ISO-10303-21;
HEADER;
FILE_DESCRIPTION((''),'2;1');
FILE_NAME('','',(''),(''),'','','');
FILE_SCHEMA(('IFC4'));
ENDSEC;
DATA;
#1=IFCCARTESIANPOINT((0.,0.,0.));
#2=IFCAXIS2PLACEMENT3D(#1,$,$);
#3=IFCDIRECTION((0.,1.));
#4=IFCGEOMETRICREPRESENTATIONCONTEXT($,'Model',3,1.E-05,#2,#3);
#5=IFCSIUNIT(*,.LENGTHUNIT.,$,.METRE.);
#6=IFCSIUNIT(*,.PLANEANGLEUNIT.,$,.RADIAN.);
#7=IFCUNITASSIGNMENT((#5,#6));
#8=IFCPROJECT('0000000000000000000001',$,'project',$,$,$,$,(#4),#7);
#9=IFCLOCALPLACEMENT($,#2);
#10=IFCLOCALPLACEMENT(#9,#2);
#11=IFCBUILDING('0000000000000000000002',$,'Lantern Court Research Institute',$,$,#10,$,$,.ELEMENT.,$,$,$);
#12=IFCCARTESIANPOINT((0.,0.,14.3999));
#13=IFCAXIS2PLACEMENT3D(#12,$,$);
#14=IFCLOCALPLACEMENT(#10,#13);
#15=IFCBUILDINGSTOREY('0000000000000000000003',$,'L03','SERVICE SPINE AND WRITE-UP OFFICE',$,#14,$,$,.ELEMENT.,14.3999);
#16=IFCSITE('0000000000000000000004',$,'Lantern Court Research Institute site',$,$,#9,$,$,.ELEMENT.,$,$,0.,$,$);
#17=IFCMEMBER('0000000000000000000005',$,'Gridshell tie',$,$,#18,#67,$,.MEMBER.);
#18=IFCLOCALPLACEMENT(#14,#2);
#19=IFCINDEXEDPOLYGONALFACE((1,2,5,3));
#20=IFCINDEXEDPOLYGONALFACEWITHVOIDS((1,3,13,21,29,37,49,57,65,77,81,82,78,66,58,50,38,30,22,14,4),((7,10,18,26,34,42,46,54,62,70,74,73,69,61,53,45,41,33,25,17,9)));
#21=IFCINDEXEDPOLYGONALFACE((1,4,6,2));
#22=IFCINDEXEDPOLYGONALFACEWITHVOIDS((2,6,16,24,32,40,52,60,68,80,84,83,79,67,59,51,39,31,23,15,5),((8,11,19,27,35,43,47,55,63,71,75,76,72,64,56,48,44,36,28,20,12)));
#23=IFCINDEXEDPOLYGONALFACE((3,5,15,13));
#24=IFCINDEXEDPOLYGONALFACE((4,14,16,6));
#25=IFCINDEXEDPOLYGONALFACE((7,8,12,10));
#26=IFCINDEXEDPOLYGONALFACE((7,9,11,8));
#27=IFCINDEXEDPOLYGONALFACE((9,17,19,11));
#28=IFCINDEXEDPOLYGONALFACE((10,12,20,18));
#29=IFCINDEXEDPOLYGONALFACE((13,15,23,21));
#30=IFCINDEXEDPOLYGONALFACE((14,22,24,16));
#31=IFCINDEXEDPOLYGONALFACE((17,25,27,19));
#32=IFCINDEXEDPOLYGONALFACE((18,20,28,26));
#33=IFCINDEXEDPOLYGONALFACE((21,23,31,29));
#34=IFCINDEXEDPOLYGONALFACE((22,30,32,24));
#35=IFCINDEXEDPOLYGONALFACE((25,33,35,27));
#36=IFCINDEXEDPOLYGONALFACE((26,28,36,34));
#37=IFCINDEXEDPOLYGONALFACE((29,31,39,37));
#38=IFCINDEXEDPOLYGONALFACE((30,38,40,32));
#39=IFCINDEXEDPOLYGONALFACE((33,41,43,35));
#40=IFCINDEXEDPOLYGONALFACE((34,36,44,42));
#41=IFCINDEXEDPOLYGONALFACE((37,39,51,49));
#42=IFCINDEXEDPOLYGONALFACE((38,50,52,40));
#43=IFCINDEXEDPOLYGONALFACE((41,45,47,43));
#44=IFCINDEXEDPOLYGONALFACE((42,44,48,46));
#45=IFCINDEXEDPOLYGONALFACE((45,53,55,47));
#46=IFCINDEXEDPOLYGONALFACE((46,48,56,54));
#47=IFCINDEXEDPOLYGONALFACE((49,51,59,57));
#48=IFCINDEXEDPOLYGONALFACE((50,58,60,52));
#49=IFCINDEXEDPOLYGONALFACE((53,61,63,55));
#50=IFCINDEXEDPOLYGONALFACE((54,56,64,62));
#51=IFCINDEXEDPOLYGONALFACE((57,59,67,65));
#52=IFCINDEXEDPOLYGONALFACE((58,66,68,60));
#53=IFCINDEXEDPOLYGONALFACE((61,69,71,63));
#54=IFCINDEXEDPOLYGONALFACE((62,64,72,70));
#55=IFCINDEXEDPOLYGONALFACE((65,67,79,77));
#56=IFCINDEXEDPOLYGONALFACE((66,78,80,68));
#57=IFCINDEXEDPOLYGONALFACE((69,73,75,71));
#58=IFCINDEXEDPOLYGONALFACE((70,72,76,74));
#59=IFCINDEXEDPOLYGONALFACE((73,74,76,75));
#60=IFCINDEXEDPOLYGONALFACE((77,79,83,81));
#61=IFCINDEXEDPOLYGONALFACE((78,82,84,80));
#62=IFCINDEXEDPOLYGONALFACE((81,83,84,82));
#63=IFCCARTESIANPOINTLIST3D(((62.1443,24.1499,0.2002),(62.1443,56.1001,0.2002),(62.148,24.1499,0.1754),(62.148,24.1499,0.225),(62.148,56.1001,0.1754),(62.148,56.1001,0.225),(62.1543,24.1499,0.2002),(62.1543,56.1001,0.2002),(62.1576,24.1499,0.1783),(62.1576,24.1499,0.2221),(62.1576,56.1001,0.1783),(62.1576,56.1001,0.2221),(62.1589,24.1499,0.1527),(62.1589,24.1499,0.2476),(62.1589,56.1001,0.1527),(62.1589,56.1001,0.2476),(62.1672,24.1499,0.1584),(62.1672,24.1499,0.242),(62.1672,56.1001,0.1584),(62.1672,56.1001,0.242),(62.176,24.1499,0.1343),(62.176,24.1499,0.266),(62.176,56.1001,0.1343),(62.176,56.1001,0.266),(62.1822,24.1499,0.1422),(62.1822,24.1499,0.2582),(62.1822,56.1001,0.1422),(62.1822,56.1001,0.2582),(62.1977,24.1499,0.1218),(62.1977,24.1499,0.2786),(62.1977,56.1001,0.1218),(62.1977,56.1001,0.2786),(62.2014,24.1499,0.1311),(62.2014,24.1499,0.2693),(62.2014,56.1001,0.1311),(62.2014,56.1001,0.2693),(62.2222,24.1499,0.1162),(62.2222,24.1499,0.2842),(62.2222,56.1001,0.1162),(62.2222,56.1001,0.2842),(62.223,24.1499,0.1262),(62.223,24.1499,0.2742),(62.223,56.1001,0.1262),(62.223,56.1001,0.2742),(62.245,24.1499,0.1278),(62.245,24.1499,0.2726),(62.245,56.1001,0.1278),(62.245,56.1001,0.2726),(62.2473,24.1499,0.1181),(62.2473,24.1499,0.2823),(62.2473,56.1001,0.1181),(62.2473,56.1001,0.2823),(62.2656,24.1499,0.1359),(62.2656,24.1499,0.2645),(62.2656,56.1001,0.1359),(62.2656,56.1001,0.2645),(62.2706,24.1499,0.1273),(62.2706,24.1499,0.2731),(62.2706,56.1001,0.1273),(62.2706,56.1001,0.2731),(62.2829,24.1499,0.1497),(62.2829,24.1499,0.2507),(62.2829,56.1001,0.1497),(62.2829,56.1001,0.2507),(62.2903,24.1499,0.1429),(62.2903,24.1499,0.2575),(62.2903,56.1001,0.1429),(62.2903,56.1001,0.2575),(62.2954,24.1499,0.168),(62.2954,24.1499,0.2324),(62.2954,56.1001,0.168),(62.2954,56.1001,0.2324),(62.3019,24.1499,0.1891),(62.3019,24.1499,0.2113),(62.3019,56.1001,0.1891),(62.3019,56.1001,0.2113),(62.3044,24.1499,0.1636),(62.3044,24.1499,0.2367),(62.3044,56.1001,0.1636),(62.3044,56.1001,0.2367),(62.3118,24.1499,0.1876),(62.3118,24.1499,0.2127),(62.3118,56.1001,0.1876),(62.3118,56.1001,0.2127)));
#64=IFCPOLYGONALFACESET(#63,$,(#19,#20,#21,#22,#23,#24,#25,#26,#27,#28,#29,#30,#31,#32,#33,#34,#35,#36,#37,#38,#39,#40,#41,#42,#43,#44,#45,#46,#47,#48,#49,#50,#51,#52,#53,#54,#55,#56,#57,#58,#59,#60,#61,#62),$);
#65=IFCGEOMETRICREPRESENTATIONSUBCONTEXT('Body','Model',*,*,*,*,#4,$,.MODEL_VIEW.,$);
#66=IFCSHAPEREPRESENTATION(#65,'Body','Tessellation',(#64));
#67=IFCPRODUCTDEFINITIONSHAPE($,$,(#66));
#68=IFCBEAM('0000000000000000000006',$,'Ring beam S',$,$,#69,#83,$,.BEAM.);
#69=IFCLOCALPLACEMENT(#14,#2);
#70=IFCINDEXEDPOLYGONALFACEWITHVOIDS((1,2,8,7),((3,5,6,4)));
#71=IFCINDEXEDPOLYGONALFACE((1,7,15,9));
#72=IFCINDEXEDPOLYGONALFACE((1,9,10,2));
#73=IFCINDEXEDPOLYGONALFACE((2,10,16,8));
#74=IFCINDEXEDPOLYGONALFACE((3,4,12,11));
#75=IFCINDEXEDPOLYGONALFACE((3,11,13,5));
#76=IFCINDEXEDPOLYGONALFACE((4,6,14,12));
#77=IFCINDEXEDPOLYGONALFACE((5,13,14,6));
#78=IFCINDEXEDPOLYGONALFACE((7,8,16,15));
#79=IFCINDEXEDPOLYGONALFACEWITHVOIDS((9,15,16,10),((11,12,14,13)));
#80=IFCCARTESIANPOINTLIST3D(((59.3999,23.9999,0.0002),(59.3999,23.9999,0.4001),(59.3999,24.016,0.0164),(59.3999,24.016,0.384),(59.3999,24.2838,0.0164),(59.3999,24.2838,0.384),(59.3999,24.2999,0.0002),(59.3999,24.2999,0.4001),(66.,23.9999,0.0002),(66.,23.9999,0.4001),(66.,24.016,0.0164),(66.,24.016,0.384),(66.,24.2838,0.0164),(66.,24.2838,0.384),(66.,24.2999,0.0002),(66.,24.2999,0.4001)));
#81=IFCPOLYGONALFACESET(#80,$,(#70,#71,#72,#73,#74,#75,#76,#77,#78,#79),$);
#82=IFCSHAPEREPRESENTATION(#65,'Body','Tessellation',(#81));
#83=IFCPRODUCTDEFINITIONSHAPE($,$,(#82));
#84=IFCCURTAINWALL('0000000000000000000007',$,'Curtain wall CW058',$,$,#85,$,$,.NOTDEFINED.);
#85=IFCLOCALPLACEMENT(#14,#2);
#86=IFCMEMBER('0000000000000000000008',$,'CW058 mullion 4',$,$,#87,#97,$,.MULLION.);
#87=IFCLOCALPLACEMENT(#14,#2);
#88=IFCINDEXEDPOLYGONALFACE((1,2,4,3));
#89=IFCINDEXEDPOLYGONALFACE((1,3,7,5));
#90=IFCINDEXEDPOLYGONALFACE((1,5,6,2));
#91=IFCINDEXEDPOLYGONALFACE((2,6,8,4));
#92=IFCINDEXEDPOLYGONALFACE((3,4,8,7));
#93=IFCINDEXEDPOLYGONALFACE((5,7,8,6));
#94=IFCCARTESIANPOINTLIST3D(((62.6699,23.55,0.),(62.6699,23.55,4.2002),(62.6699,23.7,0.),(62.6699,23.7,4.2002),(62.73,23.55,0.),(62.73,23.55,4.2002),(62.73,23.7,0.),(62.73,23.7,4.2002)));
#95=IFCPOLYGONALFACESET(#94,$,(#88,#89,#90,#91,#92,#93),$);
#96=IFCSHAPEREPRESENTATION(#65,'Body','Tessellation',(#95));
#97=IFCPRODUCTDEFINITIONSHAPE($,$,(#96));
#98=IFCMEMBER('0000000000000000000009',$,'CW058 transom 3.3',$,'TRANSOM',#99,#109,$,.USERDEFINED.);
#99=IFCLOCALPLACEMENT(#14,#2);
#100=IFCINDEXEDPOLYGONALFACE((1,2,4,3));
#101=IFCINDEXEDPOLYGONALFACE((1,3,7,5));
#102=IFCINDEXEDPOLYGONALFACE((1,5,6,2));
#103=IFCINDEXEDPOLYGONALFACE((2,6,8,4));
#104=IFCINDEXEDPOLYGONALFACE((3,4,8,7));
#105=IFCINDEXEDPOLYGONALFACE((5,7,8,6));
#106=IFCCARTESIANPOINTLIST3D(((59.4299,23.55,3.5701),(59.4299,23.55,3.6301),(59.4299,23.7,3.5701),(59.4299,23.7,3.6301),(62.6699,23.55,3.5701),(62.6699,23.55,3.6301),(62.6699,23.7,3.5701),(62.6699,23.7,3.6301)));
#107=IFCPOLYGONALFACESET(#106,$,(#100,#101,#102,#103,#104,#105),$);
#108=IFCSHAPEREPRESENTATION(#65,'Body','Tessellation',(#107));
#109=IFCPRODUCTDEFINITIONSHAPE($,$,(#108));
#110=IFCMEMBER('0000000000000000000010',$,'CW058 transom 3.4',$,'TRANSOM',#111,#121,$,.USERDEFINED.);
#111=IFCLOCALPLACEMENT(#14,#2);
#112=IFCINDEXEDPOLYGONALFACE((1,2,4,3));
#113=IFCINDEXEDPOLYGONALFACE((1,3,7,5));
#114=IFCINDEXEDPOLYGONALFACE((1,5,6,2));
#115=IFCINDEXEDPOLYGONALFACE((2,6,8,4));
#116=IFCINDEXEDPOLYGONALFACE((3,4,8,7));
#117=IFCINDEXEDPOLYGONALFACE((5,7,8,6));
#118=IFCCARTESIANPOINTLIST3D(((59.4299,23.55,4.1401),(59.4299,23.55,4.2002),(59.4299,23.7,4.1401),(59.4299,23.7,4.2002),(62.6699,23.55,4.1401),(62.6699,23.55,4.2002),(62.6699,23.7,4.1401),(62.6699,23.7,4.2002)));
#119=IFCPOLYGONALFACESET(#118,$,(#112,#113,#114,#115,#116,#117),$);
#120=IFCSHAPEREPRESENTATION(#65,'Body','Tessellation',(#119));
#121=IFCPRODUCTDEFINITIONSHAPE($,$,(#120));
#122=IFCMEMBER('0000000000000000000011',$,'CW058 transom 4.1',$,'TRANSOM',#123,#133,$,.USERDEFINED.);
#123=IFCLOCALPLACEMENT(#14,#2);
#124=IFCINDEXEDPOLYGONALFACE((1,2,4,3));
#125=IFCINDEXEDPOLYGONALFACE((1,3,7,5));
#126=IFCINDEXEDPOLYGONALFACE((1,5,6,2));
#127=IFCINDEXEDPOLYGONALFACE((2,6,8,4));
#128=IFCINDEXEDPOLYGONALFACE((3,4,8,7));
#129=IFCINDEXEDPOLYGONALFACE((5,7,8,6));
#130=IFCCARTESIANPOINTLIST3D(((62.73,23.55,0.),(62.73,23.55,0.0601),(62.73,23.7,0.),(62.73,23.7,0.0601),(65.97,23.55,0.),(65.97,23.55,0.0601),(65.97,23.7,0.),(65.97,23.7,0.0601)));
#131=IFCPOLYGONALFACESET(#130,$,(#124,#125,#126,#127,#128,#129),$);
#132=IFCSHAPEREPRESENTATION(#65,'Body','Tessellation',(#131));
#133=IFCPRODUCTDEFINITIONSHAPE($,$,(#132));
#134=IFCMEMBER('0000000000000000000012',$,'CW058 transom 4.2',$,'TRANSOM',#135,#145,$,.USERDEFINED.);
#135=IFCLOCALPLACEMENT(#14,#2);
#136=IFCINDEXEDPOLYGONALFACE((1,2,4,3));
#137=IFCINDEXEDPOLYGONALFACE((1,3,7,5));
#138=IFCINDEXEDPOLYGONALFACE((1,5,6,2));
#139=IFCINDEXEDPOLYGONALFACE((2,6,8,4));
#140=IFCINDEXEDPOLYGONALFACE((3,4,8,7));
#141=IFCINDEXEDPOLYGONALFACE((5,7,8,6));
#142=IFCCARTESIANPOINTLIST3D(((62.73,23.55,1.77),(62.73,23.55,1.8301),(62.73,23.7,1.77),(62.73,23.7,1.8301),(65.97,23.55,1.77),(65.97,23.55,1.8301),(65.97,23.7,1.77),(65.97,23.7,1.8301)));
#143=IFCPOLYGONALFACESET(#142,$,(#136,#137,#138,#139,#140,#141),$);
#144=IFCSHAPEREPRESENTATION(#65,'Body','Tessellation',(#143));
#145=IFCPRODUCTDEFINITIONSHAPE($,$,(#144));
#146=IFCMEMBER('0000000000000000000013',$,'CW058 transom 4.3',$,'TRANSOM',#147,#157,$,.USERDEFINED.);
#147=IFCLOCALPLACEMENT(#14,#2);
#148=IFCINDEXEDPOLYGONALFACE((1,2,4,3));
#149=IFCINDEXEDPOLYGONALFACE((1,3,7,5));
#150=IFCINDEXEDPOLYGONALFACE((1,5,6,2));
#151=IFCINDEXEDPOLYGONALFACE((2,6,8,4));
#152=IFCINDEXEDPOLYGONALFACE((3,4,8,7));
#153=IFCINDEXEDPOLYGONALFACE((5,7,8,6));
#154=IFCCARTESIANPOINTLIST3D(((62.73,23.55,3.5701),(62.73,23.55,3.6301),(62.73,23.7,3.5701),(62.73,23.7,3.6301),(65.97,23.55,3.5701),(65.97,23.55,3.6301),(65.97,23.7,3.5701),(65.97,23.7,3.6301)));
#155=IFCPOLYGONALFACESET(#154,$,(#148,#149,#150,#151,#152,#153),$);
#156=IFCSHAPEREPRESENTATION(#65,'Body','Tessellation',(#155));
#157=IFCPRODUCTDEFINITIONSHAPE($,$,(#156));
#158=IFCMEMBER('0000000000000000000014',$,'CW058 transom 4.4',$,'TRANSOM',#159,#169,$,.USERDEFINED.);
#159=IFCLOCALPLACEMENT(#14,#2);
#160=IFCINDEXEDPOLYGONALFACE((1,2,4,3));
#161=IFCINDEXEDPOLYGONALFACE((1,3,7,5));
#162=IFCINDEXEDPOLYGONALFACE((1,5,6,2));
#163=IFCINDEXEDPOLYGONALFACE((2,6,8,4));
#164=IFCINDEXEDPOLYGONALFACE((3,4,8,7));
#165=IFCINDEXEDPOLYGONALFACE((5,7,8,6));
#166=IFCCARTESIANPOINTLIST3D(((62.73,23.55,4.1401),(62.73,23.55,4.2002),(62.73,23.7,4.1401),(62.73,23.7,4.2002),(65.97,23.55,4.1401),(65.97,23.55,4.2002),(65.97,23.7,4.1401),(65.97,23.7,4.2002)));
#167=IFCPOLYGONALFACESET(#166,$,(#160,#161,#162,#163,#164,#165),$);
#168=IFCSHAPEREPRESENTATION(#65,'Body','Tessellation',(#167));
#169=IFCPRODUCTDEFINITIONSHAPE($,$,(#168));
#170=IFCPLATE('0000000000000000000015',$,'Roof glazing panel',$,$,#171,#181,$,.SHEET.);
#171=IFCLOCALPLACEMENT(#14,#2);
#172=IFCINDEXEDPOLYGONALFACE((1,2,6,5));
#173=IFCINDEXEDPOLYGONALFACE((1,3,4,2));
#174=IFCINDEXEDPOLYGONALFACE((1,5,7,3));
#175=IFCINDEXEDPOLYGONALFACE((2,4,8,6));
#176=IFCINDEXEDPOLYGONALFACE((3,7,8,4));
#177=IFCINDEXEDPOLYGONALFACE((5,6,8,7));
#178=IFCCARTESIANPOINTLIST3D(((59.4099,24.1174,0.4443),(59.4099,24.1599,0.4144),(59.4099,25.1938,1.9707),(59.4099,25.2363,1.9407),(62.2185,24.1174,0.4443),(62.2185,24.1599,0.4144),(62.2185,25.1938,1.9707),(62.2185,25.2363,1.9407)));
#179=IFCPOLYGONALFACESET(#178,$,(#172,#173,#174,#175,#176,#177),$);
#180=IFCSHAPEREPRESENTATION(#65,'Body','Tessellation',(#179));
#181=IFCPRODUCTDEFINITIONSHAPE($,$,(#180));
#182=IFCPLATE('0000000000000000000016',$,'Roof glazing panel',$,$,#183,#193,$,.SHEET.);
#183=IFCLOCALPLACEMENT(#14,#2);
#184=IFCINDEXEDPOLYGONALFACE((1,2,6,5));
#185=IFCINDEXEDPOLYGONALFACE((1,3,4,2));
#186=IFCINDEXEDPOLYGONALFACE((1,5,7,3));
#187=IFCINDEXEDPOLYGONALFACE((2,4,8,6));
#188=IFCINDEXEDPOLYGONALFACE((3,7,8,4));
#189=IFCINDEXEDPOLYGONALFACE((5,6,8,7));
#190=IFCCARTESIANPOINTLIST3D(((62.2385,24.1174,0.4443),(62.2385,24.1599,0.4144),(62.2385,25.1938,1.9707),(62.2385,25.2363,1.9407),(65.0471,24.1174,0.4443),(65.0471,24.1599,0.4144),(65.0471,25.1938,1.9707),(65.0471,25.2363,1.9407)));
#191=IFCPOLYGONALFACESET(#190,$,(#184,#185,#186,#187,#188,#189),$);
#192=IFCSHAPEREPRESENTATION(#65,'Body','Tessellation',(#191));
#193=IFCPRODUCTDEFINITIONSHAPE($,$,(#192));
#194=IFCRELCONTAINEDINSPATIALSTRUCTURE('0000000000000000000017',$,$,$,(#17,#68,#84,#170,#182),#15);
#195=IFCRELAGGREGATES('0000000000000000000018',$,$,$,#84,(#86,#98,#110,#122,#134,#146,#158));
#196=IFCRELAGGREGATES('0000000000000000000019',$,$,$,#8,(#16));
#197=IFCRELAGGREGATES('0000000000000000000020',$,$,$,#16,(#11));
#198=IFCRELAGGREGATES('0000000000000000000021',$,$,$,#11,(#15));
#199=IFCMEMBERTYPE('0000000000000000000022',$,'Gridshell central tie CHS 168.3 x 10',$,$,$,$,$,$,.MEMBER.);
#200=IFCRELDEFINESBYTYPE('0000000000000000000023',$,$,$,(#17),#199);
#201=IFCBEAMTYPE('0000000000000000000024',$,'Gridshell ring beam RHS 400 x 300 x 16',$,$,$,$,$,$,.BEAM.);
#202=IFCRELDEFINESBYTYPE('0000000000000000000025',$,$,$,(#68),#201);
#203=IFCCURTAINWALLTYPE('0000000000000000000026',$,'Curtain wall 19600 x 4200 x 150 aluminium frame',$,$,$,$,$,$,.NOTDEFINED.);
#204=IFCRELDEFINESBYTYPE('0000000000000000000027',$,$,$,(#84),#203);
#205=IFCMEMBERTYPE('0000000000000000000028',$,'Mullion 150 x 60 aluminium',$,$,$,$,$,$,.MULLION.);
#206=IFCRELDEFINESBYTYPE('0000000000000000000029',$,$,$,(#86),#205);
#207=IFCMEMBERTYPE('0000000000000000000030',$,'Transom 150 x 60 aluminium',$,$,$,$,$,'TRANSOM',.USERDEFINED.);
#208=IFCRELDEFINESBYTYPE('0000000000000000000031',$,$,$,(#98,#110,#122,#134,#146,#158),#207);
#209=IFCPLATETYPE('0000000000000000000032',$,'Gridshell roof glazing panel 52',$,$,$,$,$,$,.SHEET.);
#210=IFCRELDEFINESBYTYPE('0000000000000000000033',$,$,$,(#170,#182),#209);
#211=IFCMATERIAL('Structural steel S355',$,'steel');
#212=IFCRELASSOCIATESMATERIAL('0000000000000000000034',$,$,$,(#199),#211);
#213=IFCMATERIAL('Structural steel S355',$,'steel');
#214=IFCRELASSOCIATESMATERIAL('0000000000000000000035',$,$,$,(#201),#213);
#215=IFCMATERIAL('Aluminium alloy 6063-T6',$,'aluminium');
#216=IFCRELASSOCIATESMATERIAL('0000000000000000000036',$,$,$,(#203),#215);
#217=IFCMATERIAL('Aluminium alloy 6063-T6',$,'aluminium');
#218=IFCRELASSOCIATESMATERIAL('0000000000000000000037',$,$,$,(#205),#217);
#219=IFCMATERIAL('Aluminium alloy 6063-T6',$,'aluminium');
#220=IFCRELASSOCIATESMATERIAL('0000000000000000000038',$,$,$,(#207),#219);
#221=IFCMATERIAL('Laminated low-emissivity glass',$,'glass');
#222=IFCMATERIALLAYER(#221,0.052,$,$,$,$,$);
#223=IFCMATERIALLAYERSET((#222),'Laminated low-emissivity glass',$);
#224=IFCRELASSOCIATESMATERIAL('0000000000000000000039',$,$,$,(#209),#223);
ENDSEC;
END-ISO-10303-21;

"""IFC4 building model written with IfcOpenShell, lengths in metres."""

from ifc_helpers import new_model, si_unit, direction, frame, origin, origin_2d, place, context, subcontext, project, spatial, polyline, rectangle, hollow_rectangle, hollow_circle, outline, extrude, material, layer, layer_set, material_profile, profile_set, type_object, element, aggregate, save


model = new_model("IFC4")

# Units and contexts
model_context = context("Model", 3, precision=1e-05, world=origin(), true_north=direction((0.0, 1.0)))
body_context = subcontext(model_context, "Body", "Model", "MODEL_VIEW")
ifc_project = project(units=[si_unit("LENGTHUNIT", "METRE"), si_unit("PLANEANGLEUNIT", "RADIAN")], contexts=[model_context])

# Site, building, storey
site_placement = place(None, origin())
site = spatial("IfcSite", under=ifc_project, at=site_placement, Name="Lantern Court Research Institute site", CompositionType="ELEMENT", RefElevation=0.0)
building_placement = place(site_placement, origin())
building = spatial("IfcBuilding", under=site, at=building_placement, Name="Lantern Court Research Institute", CompositionType="ELEMENT")
storey_placement = place(building_placement, frame((0.0, 0.0, 14.3999)))
storey = spatial("IfcBuildingStorey", under=building, at=storey_placement, Name="L03", Description="SERVICE SPINE AND WRITE-UP OFFICE", CompositionType="ELEMENT", Elevation=14.3999)

# Member
ifc_material_1 = material(Name="Structural steel S355", Category="steel")
ifc_material_profile_1 = material_profile(ifc_material_1, hollow_circle(Radius=0.0842, WallThickness=0.01, at=origin_2d()), Name="Gridshell central tie CHS 168.3 x 10")
ifc_profile_set_1 = profile_set([ifc_material_profile_1], Name="Structural steel S355")
member_type_1 = type_object("IfcMemberType", Name="Gridshell central tie CHS 168.3 x 10", PredefinedType="MEMBER", material=ifc_profile_set_1)
member_1_placement = place(storey_placement, frame((62.2285, 24.1499, 0.2002), z_axis=(0.0, 1.0, 0.0), x_axis=(-1.0, 0.0, 0.0)))
element("IfcMember", 1, at=member_1_placement, inside=storey, type_object=member_type_1, Name="Gridshell tie", PredefinedType="MEMBER", context=body_context, shape_type="SweptSolid", body=[
    extrude(hollow_circle(Radius=0.0842, WallThickness=0.01, at=origin_2d()), origin(), (0.0, 0.0, 1.0), 31.9502),
])

# Beam
ifc_material_2 = material(Name="Structural steel S355", Category="steel")
ifc_material_profile_2 = material_profile(ifc_material_2, hollow_rectangle(XDim=0.3, YDim=0.3999, WallThickness=0.0161, at=origin_2d()), Name="Gridshell ring beam RHS 400 x 300 x 16")
ifc_profile_set_2 = profile_set([ifc_material_profile_2], Name="Structural steel S355")
beam_type = type_object("IfcBeamType", Name="Gridshell ring beam RHS 400 x 300 x 16", PredefinedType="BEAM", material=ifc_profile_set_2)
beam_placement = place(storey_placement, frame((59.3999, 24.1499, 0.2002), z_axis=(1.0, 0.0, 0.0), x_axis=(0.0, 1.0, 0.0)))
element("IfcBeam", 2, at=beam_placement, inside=storey, type_object=beam_type, Name="Ring beam S", PredefinedType="BEAM", context=body_context, shape_type="SweptSolid", body=[
    extrude(hollow_rectangle(XDim=0.3, YDim=0.3999, WallThickness=0.0161, at=origin_2d()), origin(), (0.0, 0.0, 1.0), 6.6001),
])

# Curtain wall, members
ifc_material_3 = material(Name="Aluminium alloy 6063-T6", Category="aluminium")
curtain_wall_type = type_object("IfcCurtainWallType", Name="Curtain wall 19600 x 4200 x 150 aluminium frame", PredefinedType="NOTDEFINED", material=ifc_material_3)
curtain_wall_placement = place(storey_placement, origin())
curtain_wall = element("IfcCurtainWall", 3, at=curtain_wall_placement, inside=storey, type_object=curtain_wall_type, Name="Curtain wall CW058", PredefinedType="NOTDEFINED")
ifc_material_4 = material(Name="Aluminium alloy 6063-T6", Category="aluminium")
ifc_material_profile_3 = material_profile(ifc_material_4, rectangle(XDim=0.1499, YDim=0.0601, at=origin_2d()), Name="Mullion 150 x 60")
ifc_profile_set_3 = profile_set([ifc_material_profile_3], Name="Aluminium alloy 6063-T6")
member_type_2 = type_object("IfcMemberType", Name="Mullion 150 x 60 aluminium", PredefinedType="MULLION", material=ifc_profile_set_3)
member_2_placement = place(storey_placement, frame((62.7, 23.625, 0.0), z_axis=(0.0, 0.0, 1.0), x_axis=(0.0, 1.0, 0.0)))
member_2 = element("IfcMember", 4, at=member_2_placement, type_object=member_type_2, Name="CW058 mullion 4", PredefinedType="MULLION", context=body_context, shape_type="SweptSolid", body=[
    extrude(rectangle(XDim=0.1499, YDim=0.0601, at=origin_2d()), origin(), (0.0, 0.0, 1.0), 4.2002),
])
ifc_material_5 = material(Name="Aluminium alloy 6063-T6", Category="aluminium")
ifc_material_profile_4 = material_profile(ifc_material_5, rectangle(XDim=0.1499, YDim=0.0601, at=origin_2d()), Name="Transom 150 x 60")
ifc_profile_set_4 = profile_set([ifc_material_profile_4], Name="Aluminium alloy 6063-T6")
member_type_3 = type_object("IfcMemberType", Name="Transom 150 x 60 aluminium", ElementType="TRANSOM", PredefinedType="USERDEFINED", material=ifc_profile_set_4)
member_3_placement = place(storey_placement, frame((59.4299, 23.625, 3.6001), z_axis=(1.0, 0.0, 0.0), x_axis=(0.0, 1.0, 0.0)))
member_3 = element("IfcMember", 5, at=member_3_placement, type_object=member_type_3, Name="CW058 transom 3.3", ObjectType="TRANSOM", PredefinedType="USERDEFINED", context=body_context, shape_type="SweptSolid", body=[
    extrude(rectangle(XDim=0.1499, YDim=0.0601, at=origin_2d()), origin(), (0.0, 0.0, 1.0), 3.24),
])
member_4_placement = place(storey_placement, frame((59.4299, 23.625, 4.1702), z_axis=(1.0, 0.0, 0.0), x_axis=(0.0, 1.0, 0.0)))
member_4 = element("IfcMember", 6, at=member_4_placement, type_object=member_type_3, Name="CW058 transom 3.4", ObjectType="TRANSOM", PredefinedType="USERDEFINED", context=body_context, shape_type="SweptSolid", body=[
    extrude(rectangle(XDim=0.1499, YDim=0.0601, at=origin_2d()), origin(), (0.0, 0.0, 1.0), 3.24),
])
member_5_placement = place(storey_placement, frame((62.73, 23.625, 0.03), z_axis=(1.0, 0.0, 0.0), x_axis=(0.0, 1.0, 0.0)))
member_5 = element("IfcMember", 7, at=member_5_placement, type_object=member_type_3, Name="CW058 transom 4.1", ObjectType="TRANSOM", PredefinedType="USERDEFINED", context=body_context, shape_type="SweptSolid", body=[
    extrude(rectangle(XDim=0.1499, YDim=0.0601, at=origin_2d()), origin(), (0.0, 0.0, 1.0), 3.24),
])
member_6_placement = place(storey_placement, frame((62.73, 23.625, 1.8), z_axis=(1.0, 0.0, 0.0), x_axis=(0.0, 1.0, 0.0)))
member_6 = element("IfcMember", 8, at=member_6_placement, type_object=member_type_3, Name="CW058 transom 4.2", ObjectType="TRANSOM", PredefinedType="USERDEFINED", context=body_context, shape_type="SweptSolid", body=[
    extrude(rectangle(XDim=0.1499, YDim=0.0601, at=origin_2d()), origin(), (0.0, 0.0, 1.0), 3.24),
])
member_7_placement = place(storey_placement, frame((62.73, 23.625, 3.6001), z_axis=(1.0, 0.0, 0.0), x_axis=(0.0, 1.0, 0.0)))
member_7 = element("IfcMember", 9, at=member_7_placement, type_object=member_type_3, Name="CW058 transom 4.3", ObjectType="TRANSOM", PredefinedType="USERDEFINED", context=body_context, shape_type="SweptSolid", body=[
    extrude(rectangle(XDim=0.1499, YDim=0.0601, at=origin_2d()), origin(), (0.0, 0.0, 1.0), 3.24),
])
member_8_placement = place(storey_placement, frame((62.73, 23.625, 4.1702), z_axis=(1.0, 0.0, 0.0), x_axis=(0.0, 1.0, 0.0)))
member_8 = element("IfcMember", 10, at=member_8_placement, type_object=member_type_3, Name="CW058 transom 4.4", ObjectType="TRANSOM", PredefinedType="USERDEFINED", context=body_context, shape_type="SweptSolid", body=[
    extrude(rectangle(XDim=0.1499, YDim=0.0601, at=origin_2d()), origin(), (0.0, 0.0, 1.0), 3.24),
])

# Plates
ifc_material_6 = material(Name="Laminated low-emissivity glass", Category="glass")
ifc_layer_1 = layer(ifc_material_6, 0.052)
ifc_layer_set_1 = layer_set([ifc_layer_1], Name="Laminated low-emissivity glass")
plate_type_1 = type_object("IfcPlateType", Name="Gridshell roof glazing panel 52", PredefinedType="SHEET", material=ifc_layer_set_1)
for number, where, z_axis, x_axis, name in (
    (11, (62.2185, 24.1174, 0.4443), (0.0, -0.817225, 0.576319), (-1.0, 0.0, 0.0), "Roof glazing panel"),
    (12, (65.0471, 24.1174, 0.4443), (0.0, -0.817225, 0.576319), (-1.0, 0.0, 0.0), "Roof glazing panel"),
):
    element("IfcPlate", number, at=place(storey_placement, frame(where, z_axis=z_axis, x_axis=x_axis)), inside=storey, type_object=plate_type_1, Name=name, PredefinedType="SHEET", context=body_context, shape_type="SweptSolid", body=[
        extrude(outline(polyline([(0.0, 0.0), (2.8086, 0.0), (2.8086, -1.8677), (0.0, -1.8677), (0.0, 0.0)])), origin(), (0.0, 0.0, -1.0), 0.052),
    ])

aggregate(curtain_wall, [member_2, member_3, member_4, member_5, member_6, member_7, member_8])

save(model, "model.ifc")
